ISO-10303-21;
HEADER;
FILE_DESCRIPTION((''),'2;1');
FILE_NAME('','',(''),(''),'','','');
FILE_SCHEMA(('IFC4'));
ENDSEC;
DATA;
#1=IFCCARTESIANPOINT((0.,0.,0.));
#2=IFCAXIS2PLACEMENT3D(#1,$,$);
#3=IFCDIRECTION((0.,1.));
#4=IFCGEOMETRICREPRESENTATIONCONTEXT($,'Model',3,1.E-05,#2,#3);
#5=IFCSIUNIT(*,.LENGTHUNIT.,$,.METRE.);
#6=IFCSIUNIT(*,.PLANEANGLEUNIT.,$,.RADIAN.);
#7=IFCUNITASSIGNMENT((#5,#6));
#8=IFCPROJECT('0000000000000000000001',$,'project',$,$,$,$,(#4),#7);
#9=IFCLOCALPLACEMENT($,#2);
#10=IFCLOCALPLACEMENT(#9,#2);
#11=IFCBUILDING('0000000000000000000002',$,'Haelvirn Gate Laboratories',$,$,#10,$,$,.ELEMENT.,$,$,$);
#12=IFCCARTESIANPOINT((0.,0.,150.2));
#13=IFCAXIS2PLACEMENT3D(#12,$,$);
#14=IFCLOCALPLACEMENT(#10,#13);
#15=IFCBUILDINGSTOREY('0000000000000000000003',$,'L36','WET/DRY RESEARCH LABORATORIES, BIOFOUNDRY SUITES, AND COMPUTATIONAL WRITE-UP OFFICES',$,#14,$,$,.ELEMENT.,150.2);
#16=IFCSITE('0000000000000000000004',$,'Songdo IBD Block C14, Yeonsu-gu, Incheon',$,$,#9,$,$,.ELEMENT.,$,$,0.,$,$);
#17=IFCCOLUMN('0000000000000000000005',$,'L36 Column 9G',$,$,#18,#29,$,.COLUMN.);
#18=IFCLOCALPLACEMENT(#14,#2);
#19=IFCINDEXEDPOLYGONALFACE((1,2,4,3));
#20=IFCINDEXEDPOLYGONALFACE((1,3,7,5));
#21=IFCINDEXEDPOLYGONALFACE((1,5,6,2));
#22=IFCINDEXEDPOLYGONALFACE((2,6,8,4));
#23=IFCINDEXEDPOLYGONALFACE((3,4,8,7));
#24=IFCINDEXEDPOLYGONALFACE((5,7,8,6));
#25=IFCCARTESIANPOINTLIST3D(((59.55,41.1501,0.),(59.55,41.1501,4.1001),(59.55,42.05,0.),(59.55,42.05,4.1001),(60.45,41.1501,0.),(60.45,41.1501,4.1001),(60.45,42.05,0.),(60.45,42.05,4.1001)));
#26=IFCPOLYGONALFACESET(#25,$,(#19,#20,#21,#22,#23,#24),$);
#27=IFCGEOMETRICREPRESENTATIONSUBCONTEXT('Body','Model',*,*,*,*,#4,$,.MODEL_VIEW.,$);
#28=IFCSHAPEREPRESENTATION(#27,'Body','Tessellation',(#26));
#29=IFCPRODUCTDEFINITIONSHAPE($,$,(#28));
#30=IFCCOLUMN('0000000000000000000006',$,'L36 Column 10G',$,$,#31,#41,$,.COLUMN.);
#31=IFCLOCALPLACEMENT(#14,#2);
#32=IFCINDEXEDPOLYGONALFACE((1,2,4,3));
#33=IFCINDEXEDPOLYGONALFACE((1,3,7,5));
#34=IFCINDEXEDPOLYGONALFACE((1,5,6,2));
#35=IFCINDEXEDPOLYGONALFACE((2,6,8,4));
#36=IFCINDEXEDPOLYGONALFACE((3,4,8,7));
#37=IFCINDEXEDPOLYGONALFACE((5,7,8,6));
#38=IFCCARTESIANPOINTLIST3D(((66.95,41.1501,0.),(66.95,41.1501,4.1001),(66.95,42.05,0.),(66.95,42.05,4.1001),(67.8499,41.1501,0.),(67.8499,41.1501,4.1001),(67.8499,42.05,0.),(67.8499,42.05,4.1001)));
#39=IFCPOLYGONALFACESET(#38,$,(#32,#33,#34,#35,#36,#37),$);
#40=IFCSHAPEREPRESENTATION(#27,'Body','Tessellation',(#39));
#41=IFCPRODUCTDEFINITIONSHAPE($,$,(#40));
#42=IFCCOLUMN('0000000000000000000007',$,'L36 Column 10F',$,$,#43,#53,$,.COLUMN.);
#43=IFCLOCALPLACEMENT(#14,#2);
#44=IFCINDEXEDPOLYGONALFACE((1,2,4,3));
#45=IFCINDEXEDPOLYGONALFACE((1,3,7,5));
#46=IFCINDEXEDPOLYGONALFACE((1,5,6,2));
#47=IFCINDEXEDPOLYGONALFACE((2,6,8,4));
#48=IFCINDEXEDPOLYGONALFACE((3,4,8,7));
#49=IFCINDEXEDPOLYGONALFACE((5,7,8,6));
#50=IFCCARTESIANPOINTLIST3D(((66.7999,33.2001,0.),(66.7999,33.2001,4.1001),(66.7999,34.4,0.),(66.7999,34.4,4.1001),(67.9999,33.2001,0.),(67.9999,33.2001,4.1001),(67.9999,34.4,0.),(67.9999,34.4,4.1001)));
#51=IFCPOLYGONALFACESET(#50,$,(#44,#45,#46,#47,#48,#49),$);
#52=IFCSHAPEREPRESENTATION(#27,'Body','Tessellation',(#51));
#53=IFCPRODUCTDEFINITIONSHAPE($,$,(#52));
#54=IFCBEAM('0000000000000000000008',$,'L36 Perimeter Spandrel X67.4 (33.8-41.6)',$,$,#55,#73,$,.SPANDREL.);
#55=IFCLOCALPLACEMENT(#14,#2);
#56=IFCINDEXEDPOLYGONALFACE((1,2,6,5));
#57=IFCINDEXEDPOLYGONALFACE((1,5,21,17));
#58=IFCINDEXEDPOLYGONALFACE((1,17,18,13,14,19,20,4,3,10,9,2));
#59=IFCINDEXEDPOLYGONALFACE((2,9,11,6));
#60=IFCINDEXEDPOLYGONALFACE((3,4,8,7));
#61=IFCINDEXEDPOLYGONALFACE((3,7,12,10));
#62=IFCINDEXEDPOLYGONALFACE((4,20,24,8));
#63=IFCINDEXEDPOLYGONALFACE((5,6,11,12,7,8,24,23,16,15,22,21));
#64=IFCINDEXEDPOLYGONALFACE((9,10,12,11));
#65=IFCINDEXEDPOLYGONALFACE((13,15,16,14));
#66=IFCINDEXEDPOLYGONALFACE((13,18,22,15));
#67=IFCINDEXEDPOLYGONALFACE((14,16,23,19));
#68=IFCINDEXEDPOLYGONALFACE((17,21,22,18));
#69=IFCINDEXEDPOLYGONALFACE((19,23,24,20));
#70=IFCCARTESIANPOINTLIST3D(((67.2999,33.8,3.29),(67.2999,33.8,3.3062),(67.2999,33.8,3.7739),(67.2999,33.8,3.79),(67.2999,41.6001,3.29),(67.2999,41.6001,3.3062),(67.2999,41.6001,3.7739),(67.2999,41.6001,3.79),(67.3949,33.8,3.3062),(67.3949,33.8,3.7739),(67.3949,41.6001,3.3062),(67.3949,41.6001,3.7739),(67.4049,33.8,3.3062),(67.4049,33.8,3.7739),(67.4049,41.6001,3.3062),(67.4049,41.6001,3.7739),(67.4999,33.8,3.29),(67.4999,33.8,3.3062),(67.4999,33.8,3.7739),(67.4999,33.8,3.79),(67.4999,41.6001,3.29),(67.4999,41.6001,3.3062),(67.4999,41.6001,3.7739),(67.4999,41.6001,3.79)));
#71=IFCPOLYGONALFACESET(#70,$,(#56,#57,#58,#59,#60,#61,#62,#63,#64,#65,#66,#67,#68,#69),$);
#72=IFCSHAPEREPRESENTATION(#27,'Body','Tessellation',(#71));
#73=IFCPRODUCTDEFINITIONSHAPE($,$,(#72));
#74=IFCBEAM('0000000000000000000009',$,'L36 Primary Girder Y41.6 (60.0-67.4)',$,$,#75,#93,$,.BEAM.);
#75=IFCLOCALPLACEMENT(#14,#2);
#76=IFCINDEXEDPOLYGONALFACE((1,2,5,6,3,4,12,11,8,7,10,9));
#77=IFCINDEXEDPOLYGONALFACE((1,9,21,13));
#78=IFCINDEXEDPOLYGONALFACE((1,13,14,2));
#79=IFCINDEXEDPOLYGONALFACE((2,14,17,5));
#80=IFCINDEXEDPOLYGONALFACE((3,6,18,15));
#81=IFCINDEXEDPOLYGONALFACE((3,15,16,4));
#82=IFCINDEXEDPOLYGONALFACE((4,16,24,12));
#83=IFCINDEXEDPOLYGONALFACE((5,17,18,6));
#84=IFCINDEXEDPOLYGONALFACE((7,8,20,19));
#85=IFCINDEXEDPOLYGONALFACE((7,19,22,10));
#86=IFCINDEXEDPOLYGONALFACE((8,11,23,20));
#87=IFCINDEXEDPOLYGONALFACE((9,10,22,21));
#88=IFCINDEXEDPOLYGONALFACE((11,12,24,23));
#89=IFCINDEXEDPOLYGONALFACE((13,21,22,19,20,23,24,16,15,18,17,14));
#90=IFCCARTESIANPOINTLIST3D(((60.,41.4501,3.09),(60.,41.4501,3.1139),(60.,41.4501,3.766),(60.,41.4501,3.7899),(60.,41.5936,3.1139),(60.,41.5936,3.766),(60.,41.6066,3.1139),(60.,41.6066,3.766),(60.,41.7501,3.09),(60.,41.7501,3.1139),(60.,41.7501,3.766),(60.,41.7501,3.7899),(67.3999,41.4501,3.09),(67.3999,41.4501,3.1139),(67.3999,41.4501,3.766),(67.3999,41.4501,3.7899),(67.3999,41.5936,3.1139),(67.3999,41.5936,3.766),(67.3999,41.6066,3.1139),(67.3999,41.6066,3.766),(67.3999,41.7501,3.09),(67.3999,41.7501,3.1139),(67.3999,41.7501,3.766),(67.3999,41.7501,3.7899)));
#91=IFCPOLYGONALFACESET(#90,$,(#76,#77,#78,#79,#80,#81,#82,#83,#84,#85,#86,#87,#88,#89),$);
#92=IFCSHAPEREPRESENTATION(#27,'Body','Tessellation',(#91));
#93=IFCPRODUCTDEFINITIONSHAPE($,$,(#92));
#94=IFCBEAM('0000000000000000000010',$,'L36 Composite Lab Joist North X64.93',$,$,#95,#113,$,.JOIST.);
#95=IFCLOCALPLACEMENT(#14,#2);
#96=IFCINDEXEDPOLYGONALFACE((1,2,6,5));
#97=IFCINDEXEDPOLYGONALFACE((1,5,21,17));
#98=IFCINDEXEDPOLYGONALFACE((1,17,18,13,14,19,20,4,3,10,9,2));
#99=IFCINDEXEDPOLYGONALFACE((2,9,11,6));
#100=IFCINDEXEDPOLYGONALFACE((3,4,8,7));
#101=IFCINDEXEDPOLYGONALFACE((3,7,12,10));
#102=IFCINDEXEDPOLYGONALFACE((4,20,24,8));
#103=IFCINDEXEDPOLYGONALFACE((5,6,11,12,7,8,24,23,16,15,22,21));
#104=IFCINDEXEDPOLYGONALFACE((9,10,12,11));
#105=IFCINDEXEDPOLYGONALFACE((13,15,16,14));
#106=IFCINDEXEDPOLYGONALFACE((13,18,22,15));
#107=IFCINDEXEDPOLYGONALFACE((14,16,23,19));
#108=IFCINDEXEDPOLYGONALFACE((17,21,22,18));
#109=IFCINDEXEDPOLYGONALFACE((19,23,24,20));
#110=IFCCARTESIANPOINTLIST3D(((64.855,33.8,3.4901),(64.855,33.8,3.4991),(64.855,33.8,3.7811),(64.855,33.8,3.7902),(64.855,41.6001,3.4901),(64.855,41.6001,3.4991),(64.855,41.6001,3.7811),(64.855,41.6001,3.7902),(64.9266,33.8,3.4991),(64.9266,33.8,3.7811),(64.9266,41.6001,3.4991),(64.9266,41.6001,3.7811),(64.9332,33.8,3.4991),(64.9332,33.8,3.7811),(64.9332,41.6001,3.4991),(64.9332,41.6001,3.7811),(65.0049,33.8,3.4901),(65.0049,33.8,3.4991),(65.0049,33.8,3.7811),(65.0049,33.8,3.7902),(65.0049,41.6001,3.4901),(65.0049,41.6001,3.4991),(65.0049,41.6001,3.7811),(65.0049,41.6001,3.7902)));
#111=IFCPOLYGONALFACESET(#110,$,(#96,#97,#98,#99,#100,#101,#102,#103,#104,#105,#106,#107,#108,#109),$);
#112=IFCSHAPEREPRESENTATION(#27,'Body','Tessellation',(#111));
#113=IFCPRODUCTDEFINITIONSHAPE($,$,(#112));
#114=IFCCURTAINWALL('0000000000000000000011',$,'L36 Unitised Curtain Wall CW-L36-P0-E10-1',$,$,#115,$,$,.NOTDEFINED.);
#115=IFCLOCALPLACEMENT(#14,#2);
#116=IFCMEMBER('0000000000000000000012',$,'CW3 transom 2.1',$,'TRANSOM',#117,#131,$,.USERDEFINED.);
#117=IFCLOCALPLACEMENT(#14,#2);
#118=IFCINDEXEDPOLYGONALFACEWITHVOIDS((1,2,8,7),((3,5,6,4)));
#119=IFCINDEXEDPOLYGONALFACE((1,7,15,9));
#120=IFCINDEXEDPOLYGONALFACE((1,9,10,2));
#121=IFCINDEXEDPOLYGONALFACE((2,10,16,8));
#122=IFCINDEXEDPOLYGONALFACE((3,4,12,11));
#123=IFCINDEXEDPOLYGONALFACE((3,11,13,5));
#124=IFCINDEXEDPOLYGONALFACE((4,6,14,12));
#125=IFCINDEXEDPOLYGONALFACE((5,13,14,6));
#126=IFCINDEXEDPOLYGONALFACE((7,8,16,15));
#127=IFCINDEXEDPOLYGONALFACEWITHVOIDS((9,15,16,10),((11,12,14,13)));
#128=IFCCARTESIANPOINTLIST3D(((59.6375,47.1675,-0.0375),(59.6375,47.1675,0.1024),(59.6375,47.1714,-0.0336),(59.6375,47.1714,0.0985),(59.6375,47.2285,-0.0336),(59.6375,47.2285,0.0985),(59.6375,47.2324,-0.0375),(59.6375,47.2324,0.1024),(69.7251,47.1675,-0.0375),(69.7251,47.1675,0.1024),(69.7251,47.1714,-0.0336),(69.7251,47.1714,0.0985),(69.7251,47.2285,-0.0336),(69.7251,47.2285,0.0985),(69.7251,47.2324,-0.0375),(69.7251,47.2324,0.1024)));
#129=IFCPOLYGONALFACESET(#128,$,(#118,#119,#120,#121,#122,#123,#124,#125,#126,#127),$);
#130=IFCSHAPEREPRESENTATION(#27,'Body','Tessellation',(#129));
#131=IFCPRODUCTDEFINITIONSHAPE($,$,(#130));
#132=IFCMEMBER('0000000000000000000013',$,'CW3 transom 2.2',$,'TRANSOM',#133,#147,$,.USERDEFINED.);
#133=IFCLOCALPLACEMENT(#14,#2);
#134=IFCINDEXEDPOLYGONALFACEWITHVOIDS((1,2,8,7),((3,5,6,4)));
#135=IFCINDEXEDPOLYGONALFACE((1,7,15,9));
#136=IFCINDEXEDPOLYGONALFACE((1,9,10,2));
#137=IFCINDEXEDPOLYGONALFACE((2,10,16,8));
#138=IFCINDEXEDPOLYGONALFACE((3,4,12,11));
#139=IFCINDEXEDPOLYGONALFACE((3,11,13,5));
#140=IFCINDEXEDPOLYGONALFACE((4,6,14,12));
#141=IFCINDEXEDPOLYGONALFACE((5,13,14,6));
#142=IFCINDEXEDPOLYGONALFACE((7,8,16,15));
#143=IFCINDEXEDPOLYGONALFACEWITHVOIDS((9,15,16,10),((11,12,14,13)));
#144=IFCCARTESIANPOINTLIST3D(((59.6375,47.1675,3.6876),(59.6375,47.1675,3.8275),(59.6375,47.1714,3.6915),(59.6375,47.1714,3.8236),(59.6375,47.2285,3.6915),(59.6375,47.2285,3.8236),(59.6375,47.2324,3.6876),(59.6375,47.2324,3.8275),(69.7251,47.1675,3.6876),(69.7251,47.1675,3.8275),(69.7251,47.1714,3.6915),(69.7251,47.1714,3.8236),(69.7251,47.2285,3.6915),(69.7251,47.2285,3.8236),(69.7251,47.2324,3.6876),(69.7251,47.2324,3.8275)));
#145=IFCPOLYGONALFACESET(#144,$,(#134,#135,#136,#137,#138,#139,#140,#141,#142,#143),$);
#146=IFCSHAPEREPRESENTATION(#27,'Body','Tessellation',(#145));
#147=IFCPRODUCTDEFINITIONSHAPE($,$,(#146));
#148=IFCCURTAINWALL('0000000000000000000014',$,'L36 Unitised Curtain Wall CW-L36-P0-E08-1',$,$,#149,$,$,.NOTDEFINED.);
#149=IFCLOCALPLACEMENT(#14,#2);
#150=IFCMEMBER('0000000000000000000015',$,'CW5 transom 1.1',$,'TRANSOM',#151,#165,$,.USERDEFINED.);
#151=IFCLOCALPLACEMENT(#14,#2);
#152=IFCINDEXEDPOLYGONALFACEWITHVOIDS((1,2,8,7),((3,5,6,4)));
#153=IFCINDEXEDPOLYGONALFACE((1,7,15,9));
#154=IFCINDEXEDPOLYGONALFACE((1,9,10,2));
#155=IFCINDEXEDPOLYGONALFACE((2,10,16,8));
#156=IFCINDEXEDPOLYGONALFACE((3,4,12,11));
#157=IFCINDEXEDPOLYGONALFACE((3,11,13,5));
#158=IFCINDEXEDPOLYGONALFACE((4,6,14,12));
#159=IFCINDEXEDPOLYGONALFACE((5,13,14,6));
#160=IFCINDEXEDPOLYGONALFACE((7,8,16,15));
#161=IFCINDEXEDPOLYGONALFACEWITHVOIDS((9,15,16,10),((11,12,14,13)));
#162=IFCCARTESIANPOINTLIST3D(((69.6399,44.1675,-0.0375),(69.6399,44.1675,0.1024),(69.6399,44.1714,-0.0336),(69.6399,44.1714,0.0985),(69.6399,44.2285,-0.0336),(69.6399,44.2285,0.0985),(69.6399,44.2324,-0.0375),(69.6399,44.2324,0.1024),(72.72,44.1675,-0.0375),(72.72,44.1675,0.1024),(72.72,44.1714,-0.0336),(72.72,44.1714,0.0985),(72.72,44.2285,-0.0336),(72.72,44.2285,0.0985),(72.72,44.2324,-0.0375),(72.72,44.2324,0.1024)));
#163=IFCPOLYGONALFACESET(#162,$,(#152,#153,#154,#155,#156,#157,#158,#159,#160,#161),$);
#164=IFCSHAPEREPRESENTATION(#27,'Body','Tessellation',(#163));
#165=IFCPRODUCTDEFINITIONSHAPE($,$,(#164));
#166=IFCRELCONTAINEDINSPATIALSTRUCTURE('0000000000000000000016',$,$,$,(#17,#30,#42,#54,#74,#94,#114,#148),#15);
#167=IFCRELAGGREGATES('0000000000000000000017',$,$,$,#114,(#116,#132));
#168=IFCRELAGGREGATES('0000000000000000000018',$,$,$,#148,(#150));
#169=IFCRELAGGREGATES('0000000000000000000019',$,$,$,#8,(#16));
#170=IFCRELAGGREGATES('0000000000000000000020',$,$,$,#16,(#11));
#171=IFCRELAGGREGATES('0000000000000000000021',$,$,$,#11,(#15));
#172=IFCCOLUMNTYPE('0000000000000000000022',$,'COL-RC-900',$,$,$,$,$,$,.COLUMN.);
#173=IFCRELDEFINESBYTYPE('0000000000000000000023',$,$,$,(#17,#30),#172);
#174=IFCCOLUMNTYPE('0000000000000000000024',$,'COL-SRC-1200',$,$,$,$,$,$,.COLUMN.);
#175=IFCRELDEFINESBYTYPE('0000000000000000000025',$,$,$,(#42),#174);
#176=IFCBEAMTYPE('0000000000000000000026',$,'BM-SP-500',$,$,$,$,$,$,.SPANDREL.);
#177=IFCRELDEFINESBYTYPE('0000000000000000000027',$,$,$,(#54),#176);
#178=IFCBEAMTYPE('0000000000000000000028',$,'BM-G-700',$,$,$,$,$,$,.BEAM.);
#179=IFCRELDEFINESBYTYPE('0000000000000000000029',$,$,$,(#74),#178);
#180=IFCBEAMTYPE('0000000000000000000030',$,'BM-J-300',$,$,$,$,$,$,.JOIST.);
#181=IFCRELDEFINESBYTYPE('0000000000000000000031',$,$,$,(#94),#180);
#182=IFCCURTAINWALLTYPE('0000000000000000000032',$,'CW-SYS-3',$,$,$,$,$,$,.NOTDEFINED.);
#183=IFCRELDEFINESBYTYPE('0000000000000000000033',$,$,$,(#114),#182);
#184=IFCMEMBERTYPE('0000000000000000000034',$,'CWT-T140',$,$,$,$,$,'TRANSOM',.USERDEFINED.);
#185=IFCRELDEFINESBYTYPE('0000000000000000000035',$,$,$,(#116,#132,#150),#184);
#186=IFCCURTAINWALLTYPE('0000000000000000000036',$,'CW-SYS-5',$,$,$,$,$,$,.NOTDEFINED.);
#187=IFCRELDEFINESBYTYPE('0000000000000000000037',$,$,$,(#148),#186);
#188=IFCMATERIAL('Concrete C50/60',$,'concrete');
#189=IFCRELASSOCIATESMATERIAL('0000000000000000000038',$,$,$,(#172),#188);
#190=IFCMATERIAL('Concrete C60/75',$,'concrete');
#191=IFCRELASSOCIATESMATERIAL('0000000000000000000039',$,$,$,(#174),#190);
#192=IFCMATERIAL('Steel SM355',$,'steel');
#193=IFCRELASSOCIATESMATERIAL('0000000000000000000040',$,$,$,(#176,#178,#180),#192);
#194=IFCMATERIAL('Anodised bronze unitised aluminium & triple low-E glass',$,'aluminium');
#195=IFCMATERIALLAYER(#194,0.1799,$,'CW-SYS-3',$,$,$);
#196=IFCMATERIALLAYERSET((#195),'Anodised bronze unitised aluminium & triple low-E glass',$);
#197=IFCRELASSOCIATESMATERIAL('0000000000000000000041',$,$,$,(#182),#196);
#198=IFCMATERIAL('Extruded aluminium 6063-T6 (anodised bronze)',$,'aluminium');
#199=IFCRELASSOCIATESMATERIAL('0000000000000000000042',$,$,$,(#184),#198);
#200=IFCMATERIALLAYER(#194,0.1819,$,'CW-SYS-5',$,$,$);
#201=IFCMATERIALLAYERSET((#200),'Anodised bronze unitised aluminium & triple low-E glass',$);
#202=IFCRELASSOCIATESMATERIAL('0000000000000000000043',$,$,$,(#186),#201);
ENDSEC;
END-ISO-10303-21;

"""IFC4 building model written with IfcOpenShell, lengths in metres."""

from ifc_helpers import new_model, si_unit, direction, frame, origin, origin_2d, place, context, subcontext, project, spatial, rectangle, hollow_rectangle, i_section, extrude, source, transform, mapped, material, layer, layer_set, material_profile, profile_set, type_object, type_shapes, element, aggregate, save


model = new_model("IFC4")

# Units and contexts
model_context = context("Model", 3, precision=1e-05, world=origin(), true_north=direction((0.0, 1.0)))
body_context = subcontext(model_context, "Body", "Model", "MODEL_VIEW")
ifc_project = project(units=[si_unit("LENGTHUNIT", "METRE"), si_unit("PLANEANGLEUNIT", "RADIAN")], contexts=[model_context])

# Site, building, storey
site_placement = place(None, origin())
site = spatial("IfcSite", under=ifc_project, at=site_placement, Name="Songdo IBD Block C14, Yeonsu-gu, Incheon", CompositionType="ELEMENT", RefElevation=0.0)
building_placement = place(site_placement, origin())
building = spatial("IfcBuilding", under=site, at=building_placement, Name="Haelvirn Gate Laboratories", CompositionType="ELEMENT")
storey_placement = place(building_placement, frame((0.0, 0.0, 150.2)))
storey = spatial("IfcBuildingStorey", under=building, at=storey_placement, Name="L36", Description="WET/DRY RESEARCH LABORATORIES, BIOFOUNDRY SUITES, AND COMPUTATIONAL WRITE-UP OFFICES", CompositionType="ELEMENT", Elevation=150.2)

# Columns
ifc_material_1 = material(Name="Concrete C50/60", Category="concrete")
ifc_material_profile_1 = material_profile(ifc_material_1, rectangle(XDim=0.8999, YDim=0.8999, at=origin_2d()), Name="RC-900x900")
ifc_profile_set_1 = profile_set([ifc_material_profile_1], Name="Concrete C50/60")
column_type_1 = type_object("IfcColumnType", Name="COL-RC-900", PredefinedType="COLUMN", material=ifc_profile_set_1)
shared_shape_1 = source(origin(), body_context, "Body", "SweptSolid", [
    extrude(rectangle(XDim=0.8999, YDim=0.8999, at=origin_2d()), origin(), (0.0, 0.0, 1.0), 4.1001),
])
type_shapes(column_type_1, [shared_shape_1])
for number, where, z_axis, x_axis, name in (
    (1, (60.0, 41.6001, 0.0), (0.0, 0.0, 1.0), (1.0, 0.0, 0.0), "L36 Column 9G"),
    (2, (67.3999, 41.6001, 0.0), (0.0, 0.0, 1.0), (1.0, 0.0, 0.0), "L36 Column 10G"),
):
    element("IfcColumn", number, at=place(storey_placement, frame(where, z_axis=z_axis, x_axis=x_axis)), inside=storey, type_object=column_type_1, Name=name, PredefinedType="COLUMN", context=body_context, shape_type="MappedRepresentation", body=[
        mapped(shared_shape_1, transform((0.0, 0.0, 0.0), scale=1.0)),
    ])
ifc_material_2 = material(Name="Concrete C60/75", Category="concrete")
ifc_material_profile_2 = material_profile(ifc_material_2, rectangle(XDim=1.2, YDim=1.2, at=origin_2d()), Name="SRC-1200x1200")
ifc_profile_set_2 = profile_set([ifc_material_profile_2], Name="Concrete C60/75")
column_type_2 = type_object("IfcColumnType", Name="COL-SRC-1200", PredefinedType="COLUMN", material=ifc_profile_set_2)
shared_shape_2 = source(origin(), body_context, "Body", "SweptSolid", [
    extrude(rectangle(XDim=1.2, YDim=1.2, at=origin_2d()), origin(), (0.0, 0.0, 1.0), 4.1001),
])
type_shapes(column_type_2, [shared_shape_2])
column_placement = place(storey_placement, frame((67.3999, 33.8, 0.0), z_axis=(0.0, 0.0, 1.0), x_axis=(1.0, 0.0, 0.0)))
element("IfcColumn", 3, at=column_placement, inside=storey, type_object=column_type_2, Name="L36 Column 10F", PredefinedType="COLUMN", context=body_context, shape_type="MappedRepresentation", body=[
    mapped(shared_shape_2, transform((0.0, 0.0, 0.0), scale=1.0)),
])

# Beams
ifc_material_3 = material(Name="Steel SM355", Category="steel")
ifc_material_profile_3 = material_profile(ifc_material_3, i_section(OverallWidth=0.2, OverallDepth=0.5, WebThickness=0.01, FlangeThickness=0.0161, at=origin_2d()), Name="H-500x200x10x16")
ifc_profile_set_3 = profile_set([ifc_material_profile_3], Name="Steel SM355")
beam_type_1 = type_object("IfcBeamType", Name="BM-SP-500", PredefinedType="SPANDREL", material=ifc_profile_set_3)
shared_shape_3 = source(origin(), body_context, "Body", "SweptSolid", [
    extrude(i_section(OverallWidth=0.2, OverallDepth=0.5, WebThickness=0.01, FlangeThickness=0.0161, at=origin_2d()), origin(), (0.0, 0.0, 1.0), 7.8),
])
type_shapes(beam_type_1, [shared_shape_3])
beam_1_placement = place(storey_placement, frame((67.3999, 33.8, 3.54), z_axis=(0.0, 1.0, 0.0), x_axis=(-1.0, 0.0, 0.0)))
element("IfcBeam", 4, at=beam_1_placement, inside=storey, type_object=beam_type_1, Name="L36 Perimeter Spandrel X67.4 (33.8-41.6)", PredefinedType="SPANDREL", context=body_context, shape_type="MappedRepresentation", body=[
    mapped(shared_shape_3, transform((0.0, 0.0, 0.0), scale=1.0)),
])
ifc_material_profile_4 = material_profile(ifc_material_3, i_section(OverallWidth=0.3, OverallDepth=0.7, WebThickness=0.0129, FlangeThickness=0.0239, at=origin_2d()), Name="H-700x300x13x24")
ifc_profile_set_4 = profile_set([ifc_material_profile_4], Name="Steel SM355")
beam_type_2 = type_object("IfcBeamType", Name="BM-G-700", PredefinedType="BEAM", material=ifc_profile_set_4)
shared_shape_4 = source(origin(), body_context, "Body", "SweptSolid", [
    extrude(i_section(OverallWidth=0.3, OverallDepth=0.7, WebThickness=0.0129, FlangeThickness=0.0239, at=origin_2d()), origin(), (0.0, 0.0, 1.0), 7.3999),
])
type_shapes(beam_type_2, [shared_shape_4])
beam_2_placement = place(storey_placement, frame((60.0, 41.6001, 3.4399), z_axis=(1.0, 0.0, 0.0), x_axis=(0.0, 1.0, 0.0)))
element("IfcBeam", 5, at=beam_2_placement, inside=storey, type_object=beam_type_2, Name="L36 Primary Girder Y41.6 (60.0-67.4)", PredefinedType="BEAM", context=body_context, shape_type="MappedRepresentation", body=[
    mapped(shared_shape_4, transform((0.0, 0.0, 0.0), scale=1.0)),
])
ifc_material_profile_5 = material_profile(ifc_material_3, i_section(OverallWidth=0.1499, OverallDepth=0.3, WebThickness=0.0066, FlangeThickness=0.009, at=origin_2d()), Name="H-300x150x6.5x9")
ifc_profile_set_5 = profile_set([ifc_material_profile_5], Name="Steel SM355")
beam_type_3 = type_object("IfcBeamType", Name="BM-J-300", PredefinedType="JOIST", material=ifc_profile_set_5)
shared_shape_5 = source(origin(), body_context, "Body", "SweptSolid", [
    extrude(i_section(OverallWidth=0.1499, OverallDepth=0.3, WebThickness=0.0066, FlangeThickness=0.009, at=origin_2d()), origin(), (0.0, 0.0, 1.0), 7.8),
])
type_shapes(beam_type_3, [shared_shape_5])
beam_3_placement = place(storey_placement, frame((64.9299, 33.8, 3.6401), z_axis=(0.0, 1.0, 0.0), x_axis=(-1.0, 0.0, 0.0)))
element("IfcBeam", 6, at=beam_3_placement, inside=storey, type_object=beam_type_3, Name="L36 Composite Lab Joist North X64.93", PredefinedType="JOIST", context=body_context, shape_type="MappedRepresentation", body=[
    mapped(shared_shape_5, transform((0.0, 0.0, 0.0), scale=1.0)),
])

# Curtain walls, members
ifc_material_4 = material(Name="Anodised bronze unitised aluminium & triple low-E glass", Category="aluminium")
ifc_layer_1 = layer(ifc_material_4, 0.1799, Name="CW-SYS-3")
ifc_layer_set_1 = layer_set([ifc_layer_1], Name="Anodised bronze unitised aluminium & triple low-E glass")
curtain_wall_type_1 = type_object("IfcCurtainWallType", Name="CW-SYS-3", PredefinedType="NOTDEFINED", material=ifc_layer_set_1)
curtain_wall_1_placement = place(storey_placement, origin())
curtain_wall_1 = element("IfcCurtainWall", 7, at=curtain_wall_1_placement, inside=storey, type_object=curtain_wall_type_1, Name="L36 Unitised Curtain Wall CW-L36-P0-E10-1", PredefinedType="NOTDEFINED")
ifc_material_5 = material(Name="Extruded aluminium 6063-T6 (anodised bronze)", Category="aluminium")
ifc_material_profile_6 = material_profile(ifc_material_5, hollow_rectangle(XDim=0.0649, YDim=0.1399, WallThickness=0.0039, at=origin_2d()), Name="CWT-140x65x4")
ifc_profile_set_6 = profile_set([ifc_material_profile_6], Name="Extruded aluminium 6063-T6 (anodised bronze)")
member_type_1 = type_object("IfcMemberType", Name="CWT-T140", ElementType="TRANSOM", PredefinedType="USERDEFINED", material=ifc_profile_set_6)
shared_shape_6 = source(origin(), body_context, "Body", "SweptSolid", [
    extrude(hollow_rectangle(XDim=0.0649, YDim=0.1399, WallThickness=0.0039, at=origin_2d()), origin(), (0.0, 0.0, 1.0), 10.0876),
])
member_1_placement = place(storey_placement, frame((59.6375, 47.2, 0.0325), z_axis=(1.0, 0.0, 0.0), x_axis=(0.0, 1.0, 0.0)))
member_1 = element("IfcMember", 8, at=member_1_placement, type_object=member_type_1, Name="CW3 transom 2.1", ObjectType="TRANSOM", PredefinedType="USERDEFINED", context=body_context, shape_type="MappedRepresentation", body=[
    mapped(shared_shape_6, transform((0.0, 0.0, 0.0), scale=1.0)),
])
member_2_placement = place(storey_placement, frame((59.6375, 47.2, 3.7576), z_axis=(1.0, 0.0, 0.0), x_axis=(0.0, 1.0, 0.0)))
member_2 = element("IfcMember", 9, at=member_2_placement, type_object=member_type_1, Name="CW3 transom 2.2", ObjectType="TRANSOM", PredefinedType="USERDEFINED", context=body_context, shape_type="MappedRepresentation", body=[
    mapped(shared_shape_6, transform((0.0, 0.0, 0.0), scale=1.0)),
])
ifc_layer_2 = layer(ifc_material_4, 0.1819, Name="CW-SYS-5")
ifc_layer_set_2 = layer_set([ifc_layer_2], Name="Anodised bronze unitised aluminium & triple low-E glass")
curtain_wall_type_2 = type_object("IfcCurtainWallType", Name="CW-SYS-5", PredefinedType="NOTDEFINED", material=ifc_layer_set_2)
curtain_wall_2_placement = place(storey_placement, origin())
curtain_wall_2 = element("IfcCurtainWall", 10, at=curtain_wall_2_placement, inside=storey, type_object=curtain_wall_type_2, Name="L36 Unitised Curtain Wall CW-L36-P0-E08-1", PredefinedType="NOTDEFINED")
shared_shape_7 = source(origin(), body_context, "Body", "SweptSolid", [
    extrude(hollow_rectangle(XDim=0.0649, YDim=0.1399, WallThickness=0.0039, at=origin_2d()), origin(), (0.0, 0.0, 1.0), 3.0801),
])
type_shapes(member_type_1, [shared_shape_6, shared_shape_7])
member_3_placement = place(storey_placement, frame((69.6399, 44.2, 0.0325), z_axis=(1.0, 0.0, 0.0), x_axis=(0.0, 1.0, 0.0)))
member_3 = element("IfcMember", 11, at=member_3_placement, type_object=member_type_1, Name="CW5 transom 1.1", ObjectType="TRANSOM", PredefinedType="USERDEFINED", context=body_context, shape_type="MappedRepresentation", body=[
    mapped(shared_shape_7, transform((0.0, 0.0, 0.0), scale=1.0)),
])

aggregate(curtain_wall_1, [member_1, member_2])
aggregate(curtain_wall_2, [member_3])

save(model, "model.ifc")
